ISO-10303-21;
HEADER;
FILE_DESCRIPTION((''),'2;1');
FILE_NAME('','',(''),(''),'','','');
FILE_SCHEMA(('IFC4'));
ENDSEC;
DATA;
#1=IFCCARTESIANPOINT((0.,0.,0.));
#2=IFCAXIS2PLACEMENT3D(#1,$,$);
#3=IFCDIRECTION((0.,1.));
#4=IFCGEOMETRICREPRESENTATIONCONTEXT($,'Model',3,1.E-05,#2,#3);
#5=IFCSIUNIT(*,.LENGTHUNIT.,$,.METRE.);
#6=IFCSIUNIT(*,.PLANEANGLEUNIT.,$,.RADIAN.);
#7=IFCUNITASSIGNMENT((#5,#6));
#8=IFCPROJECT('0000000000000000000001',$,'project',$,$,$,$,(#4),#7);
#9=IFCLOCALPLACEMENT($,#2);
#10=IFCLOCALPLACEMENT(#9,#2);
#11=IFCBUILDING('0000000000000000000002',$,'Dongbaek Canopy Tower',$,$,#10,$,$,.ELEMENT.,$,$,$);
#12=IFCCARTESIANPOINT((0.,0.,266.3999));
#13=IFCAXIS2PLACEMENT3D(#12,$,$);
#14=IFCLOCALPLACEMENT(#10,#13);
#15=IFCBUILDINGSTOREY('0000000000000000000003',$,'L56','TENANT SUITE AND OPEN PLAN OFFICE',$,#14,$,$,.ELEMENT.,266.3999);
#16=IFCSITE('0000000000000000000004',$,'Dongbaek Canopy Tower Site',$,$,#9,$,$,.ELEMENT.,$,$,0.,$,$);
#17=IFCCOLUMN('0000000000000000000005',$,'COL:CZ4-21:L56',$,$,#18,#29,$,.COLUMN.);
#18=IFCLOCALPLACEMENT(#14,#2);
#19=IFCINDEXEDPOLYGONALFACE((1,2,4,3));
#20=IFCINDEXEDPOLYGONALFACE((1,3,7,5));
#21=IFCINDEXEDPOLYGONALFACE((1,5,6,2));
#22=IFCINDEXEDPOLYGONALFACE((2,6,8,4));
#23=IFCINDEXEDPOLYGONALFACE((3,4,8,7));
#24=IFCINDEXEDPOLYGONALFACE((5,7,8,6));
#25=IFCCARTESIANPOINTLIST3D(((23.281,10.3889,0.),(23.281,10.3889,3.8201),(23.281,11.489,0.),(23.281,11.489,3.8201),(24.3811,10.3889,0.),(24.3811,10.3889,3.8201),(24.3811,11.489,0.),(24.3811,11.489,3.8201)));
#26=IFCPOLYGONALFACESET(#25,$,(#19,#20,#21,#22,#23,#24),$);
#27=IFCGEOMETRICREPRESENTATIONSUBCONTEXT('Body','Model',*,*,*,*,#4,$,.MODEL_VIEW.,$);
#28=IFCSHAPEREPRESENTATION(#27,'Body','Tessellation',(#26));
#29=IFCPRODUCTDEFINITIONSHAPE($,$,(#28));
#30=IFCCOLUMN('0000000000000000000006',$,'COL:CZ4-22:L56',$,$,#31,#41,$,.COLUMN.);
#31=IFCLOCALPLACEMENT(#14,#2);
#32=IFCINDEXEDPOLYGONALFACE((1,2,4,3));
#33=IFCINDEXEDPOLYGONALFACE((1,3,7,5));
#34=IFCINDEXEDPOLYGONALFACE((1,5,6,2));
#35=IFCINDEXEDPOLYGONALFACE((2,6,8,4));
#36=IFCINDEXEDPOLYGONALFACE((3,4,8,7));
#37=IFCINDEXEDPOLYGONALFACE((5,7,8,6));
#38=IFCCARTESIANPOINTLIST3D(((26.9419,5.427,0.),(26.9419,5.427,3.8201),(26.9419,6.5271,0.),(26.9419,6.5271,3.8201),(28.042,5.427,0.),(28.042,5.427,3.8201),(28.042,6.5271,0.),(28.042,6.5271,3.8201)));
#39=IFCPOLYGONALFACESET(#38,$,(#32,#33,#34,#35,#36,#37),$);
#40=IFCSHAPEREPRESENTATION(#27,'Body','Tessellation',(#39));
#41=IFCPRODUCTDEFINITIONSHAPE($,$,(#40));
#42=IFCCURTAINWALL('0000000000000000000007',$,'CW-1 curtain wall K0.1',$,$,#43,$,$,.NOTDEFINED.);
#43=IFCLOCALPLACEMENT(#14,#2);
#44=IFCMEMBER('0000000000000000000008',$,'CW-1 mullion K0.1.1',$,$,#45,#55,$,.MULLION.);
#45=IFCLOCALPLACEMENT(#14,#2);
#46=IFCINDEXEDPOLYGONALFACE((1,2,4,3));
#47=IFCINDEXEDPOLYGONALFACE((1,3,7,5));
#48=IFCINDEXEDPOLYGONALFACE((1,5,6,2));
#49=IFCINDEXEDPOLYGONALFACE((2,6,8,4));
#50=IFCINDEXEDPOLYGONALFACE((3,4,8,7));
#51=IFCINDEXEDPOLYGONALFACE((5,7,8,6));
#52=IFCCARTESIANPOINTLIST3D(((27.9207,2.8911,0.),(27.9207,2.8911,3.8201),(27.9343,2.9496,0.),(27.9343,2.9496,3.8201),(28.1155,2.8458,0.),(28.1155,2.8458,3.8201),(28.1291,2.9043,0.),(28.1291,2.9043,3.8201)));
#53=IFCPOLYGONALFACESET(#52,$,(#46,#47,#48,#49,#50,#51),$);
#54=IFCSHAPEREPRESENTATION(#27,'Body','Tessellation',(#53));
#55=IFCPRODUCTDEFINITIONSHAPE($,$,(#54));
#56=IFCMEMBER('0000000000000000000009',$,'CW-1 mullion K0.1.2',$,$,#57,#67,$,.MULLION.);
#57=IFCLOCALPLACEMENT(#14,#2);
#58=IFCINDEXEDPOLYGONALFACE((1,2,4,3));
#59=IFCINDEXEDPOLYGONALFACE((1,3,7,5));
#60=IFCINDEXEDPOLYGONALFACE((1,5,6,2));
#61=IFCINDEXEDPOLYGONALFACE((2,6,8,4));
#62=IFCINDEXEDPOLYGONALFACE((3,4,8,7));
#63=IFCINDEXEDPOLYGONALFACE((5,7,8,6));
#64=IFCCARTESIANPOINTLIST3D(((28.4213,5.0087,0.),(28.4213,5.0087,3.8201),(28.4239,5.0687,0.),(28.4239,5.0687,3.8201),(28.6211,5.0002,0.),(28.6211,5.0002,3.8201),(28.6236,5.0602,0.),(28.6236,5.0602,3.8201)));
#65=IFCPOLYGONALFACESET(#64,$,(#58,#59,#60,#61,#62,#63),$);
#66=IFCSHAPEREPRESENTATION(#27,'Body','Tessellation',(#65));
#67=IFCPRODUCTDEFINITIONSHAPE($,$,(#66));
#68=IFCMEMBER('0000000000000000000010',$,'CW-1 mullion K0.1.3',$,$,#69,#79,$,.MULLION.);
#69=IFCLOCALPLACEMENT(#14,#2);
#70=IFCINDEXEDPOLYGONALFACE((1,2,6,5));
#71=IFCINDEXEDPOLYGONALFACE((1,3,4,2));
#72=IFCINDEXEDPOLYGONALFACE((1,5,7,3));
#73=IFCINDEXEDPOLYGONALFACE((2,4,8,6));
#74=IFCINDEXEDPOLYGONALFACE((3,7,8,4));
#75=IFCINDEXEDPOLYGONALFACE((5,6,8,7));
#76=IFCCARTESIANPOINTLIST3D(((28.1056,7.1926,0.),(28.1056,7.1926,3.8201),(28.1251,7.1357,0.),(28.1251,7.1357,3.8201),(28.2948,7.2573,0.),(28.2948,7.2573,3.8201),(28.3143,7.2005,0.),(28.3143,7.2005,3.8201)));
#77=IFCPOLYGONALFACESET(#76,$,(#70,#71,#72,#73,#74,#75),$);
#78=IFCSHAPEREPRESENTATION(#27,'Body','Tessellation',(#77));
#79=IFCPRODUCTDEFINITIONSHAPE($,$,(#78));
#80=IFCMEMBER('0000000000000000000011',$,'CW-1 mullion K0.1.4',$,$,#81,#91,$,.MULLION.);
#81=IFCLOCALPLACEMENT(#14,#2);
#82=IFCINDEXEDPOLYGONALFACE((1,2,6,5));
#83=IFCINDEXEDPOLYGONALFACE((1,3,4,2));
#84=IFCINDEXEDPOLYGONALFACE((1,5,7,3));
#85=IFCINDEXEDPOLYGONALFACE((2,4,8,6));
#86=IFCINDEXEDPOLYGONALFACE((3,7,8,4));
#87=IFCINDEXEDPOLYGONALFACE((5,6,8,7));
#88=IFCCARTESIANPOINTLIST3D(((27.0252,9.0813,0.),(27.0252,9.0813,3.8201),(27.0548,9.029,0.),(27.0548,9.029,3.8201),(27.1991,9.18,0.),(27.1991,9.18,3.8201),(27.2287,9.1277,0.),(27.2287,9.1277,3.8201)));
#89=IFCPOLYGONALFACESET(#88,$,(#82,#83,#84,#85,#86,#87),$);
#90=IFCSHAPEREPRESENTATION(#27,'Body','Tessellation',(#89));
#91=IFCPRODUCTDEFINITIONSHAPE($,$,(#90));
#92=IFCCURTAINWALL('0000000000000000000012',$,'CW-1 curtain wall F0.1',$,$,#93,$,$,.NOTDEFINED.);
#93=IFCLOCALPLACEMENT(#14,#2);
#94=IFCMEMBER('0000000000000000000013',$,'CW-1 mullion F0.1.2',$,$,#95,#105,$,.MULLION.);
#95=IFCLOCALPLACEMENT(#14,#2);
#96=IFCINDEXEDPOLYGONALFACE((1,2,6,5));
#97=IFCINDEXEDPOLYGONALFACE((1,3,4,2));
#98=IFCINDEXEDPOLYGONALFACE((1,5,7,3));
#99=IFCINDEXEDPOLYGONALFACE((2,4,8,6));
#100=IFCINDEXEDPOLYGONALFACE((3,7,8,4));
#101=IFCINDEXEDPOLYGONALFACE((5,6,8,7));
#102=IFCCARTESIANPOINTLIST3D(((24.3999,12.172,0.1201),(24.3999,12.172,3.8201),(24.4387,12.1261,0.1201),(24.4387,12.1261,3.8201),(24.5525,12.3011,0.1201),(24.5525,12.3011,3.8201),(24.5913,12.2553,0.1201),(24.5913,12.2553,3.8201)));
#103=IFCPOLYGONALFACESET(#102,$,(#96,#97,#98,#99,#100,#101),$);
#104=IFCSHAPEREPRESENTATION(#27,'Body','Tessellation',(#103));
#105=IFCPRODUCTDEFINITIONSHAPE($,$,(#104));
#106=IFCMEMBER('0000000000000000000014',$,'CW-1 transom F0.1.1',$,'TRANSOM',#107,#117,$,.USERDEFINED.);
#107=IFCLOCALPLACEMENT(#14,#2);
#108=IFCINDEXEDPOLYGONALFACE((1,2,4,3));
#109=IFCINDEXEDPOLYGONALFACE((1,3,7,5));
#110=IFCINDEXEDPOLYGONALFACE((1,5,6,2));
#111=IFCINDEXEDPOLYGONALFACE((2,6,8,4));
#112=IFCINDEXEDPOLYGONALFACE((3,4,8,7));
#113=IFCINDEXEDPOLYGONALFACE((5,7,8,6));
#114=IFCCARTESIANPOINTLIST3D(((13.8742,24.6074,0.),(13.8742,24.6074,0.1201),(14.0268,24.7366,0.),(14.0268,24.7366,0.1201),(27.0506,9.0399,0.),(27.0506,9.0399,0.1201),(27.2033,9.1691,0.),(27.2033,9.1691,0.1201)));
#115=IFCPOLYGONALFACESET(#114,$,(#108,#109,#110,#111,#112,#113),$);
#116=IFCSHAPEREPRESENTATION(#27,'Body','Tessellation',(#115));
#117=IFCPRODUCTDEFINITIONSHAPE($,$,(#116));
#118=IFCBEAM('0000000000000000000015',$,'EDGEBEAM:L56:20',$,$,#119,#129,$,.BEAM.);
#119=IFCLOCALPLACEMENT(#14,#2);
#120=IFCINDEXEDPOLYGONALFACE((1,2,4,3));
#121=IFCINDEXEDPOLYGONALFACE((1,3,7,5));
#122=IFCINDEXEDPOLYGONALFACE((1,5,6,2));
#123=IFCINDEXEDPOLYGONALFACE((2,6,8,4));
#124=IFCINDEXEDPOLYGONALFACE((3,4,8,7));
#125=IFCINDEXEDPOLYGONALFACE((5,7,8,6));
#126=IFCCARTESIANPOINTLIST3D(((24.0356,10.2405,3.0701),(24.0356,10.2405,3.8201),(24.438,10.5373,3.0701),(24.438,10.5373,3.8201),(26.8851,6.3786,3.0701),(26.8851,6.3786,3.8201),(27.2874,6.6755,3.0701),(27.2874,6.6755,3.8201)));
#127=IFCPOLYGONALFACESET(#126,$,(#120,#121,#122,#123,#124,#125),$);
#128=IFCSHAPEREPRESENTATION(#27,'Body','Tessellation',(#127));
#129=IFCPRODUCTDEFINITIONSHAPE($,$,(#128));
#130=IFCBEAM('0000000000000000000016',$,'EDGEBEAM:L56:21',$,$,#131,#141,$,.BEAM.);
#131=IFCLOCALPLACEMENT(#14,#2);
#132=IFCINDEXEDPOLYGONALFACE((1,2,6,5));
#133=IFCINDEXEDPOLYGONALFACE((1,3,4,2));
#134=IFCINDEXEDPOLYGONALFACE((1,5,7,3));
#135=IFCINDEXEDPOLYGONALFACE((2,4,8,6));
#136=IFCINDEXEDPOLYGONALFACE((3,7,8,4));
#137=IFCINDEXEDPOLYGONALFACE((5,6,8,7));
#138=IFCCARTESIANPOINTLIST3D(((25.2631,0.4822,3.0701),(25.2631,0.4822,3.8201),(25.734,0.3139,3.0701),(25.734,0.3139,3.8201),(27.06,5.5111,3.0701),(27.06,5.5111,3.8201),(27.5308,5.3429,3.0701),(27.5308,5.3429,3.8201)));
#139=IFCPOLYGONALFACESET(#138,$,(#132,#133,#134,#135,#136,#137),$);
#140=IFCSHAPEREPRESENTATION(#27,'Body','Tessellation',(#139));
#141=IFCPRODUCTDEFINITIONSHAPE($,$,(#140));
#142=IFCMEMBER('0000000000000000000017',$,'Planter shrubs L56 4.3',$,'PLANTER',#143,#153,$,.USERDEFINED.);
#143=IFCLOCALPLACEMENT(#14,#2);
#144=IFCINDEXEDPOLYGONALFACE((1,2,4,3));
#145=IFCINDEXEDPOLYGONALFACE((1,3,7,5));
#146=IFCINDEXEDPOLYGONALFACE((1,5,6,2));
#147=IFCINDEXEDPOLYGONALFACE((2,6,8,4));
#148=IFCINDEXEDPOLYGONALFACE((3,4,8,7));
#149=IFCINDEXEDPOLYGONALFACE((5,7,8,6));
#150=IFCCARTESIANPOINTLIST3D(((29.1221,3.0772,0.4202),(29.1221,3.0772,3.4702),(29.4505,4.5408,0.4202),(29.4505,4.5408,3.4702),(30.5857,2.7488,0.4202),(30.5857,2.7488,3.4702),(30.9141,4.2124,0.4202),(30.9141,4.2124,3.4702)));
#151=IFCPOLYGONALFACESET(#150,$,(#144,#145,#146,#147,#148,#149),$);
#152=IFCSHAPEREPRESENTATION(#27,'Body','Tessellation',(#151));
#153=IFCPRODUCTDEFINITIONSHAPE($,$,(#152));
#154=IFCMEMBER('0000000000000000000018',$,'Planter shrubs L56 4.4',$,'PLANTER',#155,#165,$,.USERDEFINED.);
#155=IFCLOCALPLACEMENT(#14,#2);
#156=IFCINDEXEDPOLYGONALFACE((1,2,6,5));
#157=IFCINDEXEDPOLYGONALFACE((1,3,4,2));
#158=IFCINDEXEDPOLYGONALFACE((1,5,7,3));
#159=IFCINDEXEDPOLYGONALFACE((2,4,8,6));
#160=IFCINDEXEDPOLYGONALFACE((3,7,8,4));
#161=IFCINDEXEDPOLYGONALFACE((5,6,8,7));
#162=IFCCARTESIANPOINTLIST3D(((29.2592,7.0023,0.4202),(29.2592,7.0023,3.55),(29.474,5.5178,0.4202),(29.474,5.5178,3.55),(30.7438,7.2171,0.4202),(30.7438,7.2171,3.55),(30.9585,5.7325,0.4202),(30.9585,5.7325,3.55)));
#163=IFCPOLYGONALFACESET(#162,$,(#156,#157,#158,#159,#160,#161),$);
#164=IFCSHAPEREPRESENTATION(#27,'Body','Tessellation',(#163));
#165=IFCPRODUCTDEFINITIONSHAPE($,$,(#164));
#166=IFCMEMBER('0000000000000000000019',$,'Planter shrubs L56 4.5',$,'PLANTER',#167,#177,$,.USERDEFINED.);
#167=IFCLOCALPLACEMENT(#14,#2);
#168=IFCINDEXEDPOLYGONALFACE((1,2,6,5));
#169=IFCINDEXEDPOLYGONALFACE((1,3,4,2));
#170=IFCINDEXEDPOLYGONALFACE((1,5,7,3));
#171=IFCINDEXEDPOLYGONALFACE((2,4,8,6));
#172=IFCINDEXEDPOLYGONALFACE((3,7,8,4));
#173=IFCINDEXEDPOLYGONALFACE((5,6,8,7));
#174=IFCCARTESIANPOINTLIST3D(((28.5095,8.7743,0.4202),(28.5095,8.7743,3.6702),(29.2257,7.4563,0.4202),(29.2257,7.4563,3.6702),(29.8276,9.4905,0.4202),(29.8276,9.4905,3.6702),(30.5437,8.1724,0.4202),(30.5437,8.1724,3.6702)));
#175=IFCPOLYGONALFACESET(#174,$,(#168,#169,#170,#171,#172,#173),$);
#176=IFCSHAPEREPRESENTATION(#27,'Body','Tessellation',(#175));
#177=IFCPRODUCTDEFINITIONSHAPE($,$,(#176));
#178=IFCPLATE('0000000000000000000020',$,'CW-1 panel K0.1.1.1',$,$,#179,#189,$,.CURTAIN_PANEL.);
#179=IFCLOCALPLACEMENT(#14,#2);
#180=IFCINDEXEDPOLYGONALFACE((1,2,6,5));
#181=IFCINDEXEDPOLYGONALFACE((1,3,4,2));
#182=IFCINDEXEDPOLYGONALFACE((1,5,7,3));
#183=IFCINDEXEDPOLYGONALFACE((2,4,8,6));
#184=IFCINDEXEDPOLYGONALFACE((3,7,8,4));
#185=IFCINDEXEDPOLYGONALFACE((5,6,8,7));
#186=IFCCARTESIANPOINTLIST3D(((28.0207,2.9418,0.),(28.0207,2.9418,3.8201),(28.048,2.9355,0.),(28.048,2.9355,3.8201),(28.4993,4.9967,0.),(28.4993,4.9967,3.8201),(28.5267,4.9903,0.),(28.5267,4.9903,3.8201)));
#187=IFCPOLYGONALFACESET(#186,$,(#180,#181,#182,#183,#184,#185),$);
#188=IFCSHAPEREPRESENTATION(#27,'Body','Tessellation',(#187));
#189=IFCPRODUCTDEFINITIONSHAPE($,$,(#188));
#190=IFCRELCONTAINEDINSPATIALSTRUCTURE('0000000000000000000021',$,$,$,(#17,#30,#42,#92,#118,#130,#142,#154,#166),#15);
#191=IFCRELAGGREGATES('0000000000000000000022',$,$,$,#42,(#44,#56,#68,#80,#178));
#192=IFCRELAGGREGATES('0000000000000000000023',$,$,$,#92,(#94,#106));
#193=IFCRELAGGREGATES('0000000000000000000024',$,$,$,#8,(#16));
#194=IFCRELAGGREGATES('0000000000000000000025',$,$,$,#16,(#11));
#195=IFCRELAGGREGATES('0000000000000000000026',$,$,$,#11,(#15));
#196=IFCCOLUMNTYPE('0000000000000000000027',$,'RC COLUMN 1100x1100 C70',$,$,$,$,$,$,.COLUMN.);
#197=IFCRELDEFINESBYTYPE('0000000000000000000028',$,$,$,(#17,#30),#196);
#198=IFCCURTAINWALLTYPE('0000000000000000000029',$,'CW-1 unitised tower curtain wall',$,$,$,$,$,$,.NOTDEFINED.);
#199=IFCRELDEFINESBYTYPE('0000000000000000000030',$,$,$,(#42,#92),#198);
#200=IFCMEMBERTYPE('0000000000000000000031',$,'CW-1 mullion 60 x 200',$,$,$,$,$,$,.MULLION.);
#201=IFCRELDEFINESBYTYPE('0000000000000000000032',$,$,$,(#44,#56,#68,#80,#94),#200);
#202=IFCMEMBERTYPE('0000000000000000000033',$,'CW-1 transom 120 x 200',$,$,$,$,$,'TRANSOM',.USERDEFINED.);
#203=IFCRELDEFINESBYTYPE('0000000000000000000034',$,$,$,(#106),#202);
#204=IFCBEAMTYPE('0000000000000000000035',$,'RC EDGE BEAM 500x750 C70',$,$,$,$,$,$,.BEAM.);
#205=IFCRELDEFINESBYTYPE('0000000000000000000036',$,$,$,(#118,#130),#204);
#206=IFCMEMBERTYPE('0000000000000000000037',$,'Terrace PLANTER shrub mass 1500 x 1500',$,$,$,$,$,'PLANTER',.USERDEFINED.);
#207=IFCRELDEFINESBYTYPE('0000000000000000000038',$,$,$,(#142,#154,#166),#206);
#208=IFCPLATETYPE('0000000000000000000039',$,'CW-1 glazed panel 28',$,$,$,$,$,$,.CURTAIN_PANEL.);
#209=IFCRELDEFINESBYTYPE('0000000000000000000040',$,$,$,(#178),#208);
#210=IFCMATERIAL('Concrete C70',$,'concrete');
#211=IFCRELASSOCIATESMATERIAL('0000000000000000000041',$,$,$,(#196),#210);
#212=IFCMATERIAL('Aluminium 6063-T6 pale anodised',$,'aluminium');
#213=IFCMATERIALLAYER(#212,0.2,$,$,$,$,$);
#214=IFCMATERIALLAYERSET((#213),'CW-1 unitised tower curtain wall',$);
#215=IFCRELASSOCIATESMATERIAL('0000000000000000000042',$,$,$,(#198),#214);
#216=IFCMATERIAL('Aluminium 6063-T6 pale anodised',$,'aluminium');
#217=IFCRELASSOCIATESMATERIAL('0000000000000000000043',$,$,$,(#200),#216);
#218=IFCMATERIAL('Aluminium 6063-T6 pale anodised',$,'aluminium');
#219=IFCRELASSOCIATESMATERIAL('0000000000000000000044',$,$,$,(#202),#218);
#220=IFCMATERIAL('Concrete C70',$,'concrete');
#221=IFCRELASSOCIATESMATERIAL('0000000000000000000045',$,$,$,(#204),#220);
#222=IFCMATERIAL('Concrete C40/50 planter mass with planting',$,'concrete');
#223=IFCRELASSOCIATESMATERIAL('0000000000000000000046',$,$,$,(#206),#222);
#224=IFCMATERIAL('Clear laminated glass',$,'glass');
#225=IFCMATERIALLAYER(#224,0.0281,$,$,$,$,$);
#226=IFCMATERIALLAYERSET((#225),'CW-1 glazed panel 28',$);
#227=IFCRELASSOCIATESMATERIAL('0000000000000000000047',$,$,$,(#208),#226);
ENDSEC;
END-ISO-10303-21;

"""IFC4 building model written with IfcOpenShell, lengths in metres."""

from ifc_helpers import new_model, si_unit, direction, frame, origin, origin_2d, place, context, subcontext, project, spatial, rectangle, extrude, material, layer, layer_set, material_profile, profile_set, type_object, element, aggregate, save


model = new_model("IFC4")

# Units and contexts
model_context = context("Model", 3, precision=1e-05, world=origin(), true_north=direction((0.0, 1.0)))
body_context = subcontext(model_context, "Body", "Model", "MODEL_VIEW")
ifc_project = project(units=[si_unit("LENGTHUNIT", "METRE"), si_unit("PLANEANGLEUNIT", "RADIAN")], contexts=[model_context])

# Site, building, storey
site_placement = place(None, origin())
site = spatial("IfcSite", under=ifc_project, at=site_placement, Name="Dongbaek Canopy Tower Site", CompositionType="ELEMENT", RefElevation=0.0)
building_placement = place(site_placement, origin())
building = spatial("IfcBuilding", under=site, at=building_placement, Name="Dongbaek Canopy Tower", CompositionType="ELEMENT")
storey_placement = place(building_placement, frame((0.0, 0.0, 266.3999)))
storey = spatial("IfcBuildingStorey", under=building, at=storey_placement, Name="L56", Description="TENANT SUITE AND OPEN PLAN OFFICE", CompositionType="ELEMENT", Elevation=266.3999)

# Columns
ifc_material_1 = material(Name="Concrete C70", Category="concrete")
ifc_material_profile_1 = material_profile(ifc_material_1, rectangle(XDim=1.1001, YDim=1.1001, at=origin_2d()), Name="RC COLUMN 1100x1100 C70")
ifc_profile_set_1 = profile_set([ifc_material_profile_1], Name="Concrete C70")
column_type = type_object("IfcColumnType", Name="RC COLUMN 1100x1100 C70", PredefinedType="COLUMN", material=ifc_profile_set_1)
for number, where, z_axis, x_axis, name in (
    (1, (23.8311, 10.939, 0.0), (0.0, 0.0, 1.0), (1.0, 0.0, 0.0), "COL:CZ4-21:L56"),
    (2, (27.4919, 5.9771, 0.0), (0.0, 0.0, 1.0), (1.0, 0.0, 0.0), "COL:CZ4-22:L56"),
):
    element("IfcColumn", number, at=place(storey_placement, frame(where, z_axis=z_axis, x_axis=x_axis)), inside=storey, type_object=column_type, Name=name, PredefinedType="COLUMN", context=body_context, shape_type="SweptSolid", body=[
        extrude(rectangle(XDim=1.1001, YDim=1.1001, at=origin_2d()), origin(), (0.0, 0.0, 1.0), 3.8201),
    ])

# Curtain walls, members
ifc_material_2 = material(Name="Aluminium 6063-T6 pale anodised", Category="aluminium")
ifc_layer_1 = layer(ifc_material_2, 0.2)
ifc_layer_set_1 = layer_set([ifc_layer_1], Name="CW-1 unitised tower curtain wall")
curtain_wall_type = type_object("IfcCurtainWallType", Name="CW-1 unitised tower curtain wall", PredefinedType="NOTDEFINED", material=ifc_layer_set_1)
curtain_wall_1_placement = place(storey_placement, origin())
curtain_wall_1 = element("IfcCurtainWall", 3, at=curtain_wall_1_placement, inside=storey, type_object=curtain_wall_type, Name="CW-1 curtain wall K0.1", PredefinedType="NOTDEFINED")
ifc_material_3 = material(Name="Aluminium 6063-T6 pale anodised", Category="aluminium")
ifc_material_profile_2 = material_profile(ifc_material_3, rectangle(XDim=0.2, YDim=0.0601, at=origin_2d()), Name="CW-1 mullion 60 x 200")
ifc_profile_set_2 = profile_set([ifc_material_profile_2], Name="Aluminium 6063-T6 pale anodised")
member_type_1 = type_object("IfcMemberType", Name="CW-1 mullion 60 x 200", PredefinedType="MULLION", material=ifc_profile_set_2)
member_1_placement = place(storey_placement, frame((28.0249, 2.8977, 0.0), z_axis=(0.0, 0.0, 1.0), x_axis=(0.973927, -0.226863, 0.0)))
member_1 = element("IfcMember", 4, at=member_1_placement, type_object=member_type_1, Name="CW-1 mullion K0.1.1", PredefinedType="MULLION", context=body_context, shape_type="SweptSolid", body=[
    extrude(rectangle(XDim=0.2, YDim=0.0601, at=origin_2d()), origin(), (0.0, 0.0, 1.0), 3.8201),
])
member_2_placement = place(storey_placement, frame((28.5225, 5.0344, 0.0), z_axis=(0.0, 0.0, 1.0), x_axis=(0.999093, -0.04259, 0.0)))
member_2 = element("IfcMember", 5, at=member_2_placement, type_object=member_type_1, Name="CW-1 mullion K0.1.2", PredefinedType="MULLION", context=body_context, shape_type="SweptSolid", body=[
    extrude(rectangle(XDim=0.2, YDim=0.0601, at=origin_2d()), origin(), (0.0, 0.0, 1.0), 3.8201),
])
member_3_placement = place(storey_placement, frame((28.21, 7.1965, 0.0), z_axis=(0.0, 0.0, 1.0), x_axis=(0.946074, 0.323949, 0.0)))
member_3 = element("IfcMember", 6, at=member_3_placement, type_object=member_type_1, Name="CW-1 mullion K0.1.3", PredefinedType="MULLION", context=body_context, shape_type="SweptSolid", body=[
    extrude(rectangle(XDim=0.2, YDim=0.0601, at=origin_2d()), origin(), (0.0, 0.0, 1.0), 3.8201),
])
member_4_placement = place(storey_placement, frame((27.127, 9.1045, 0.0), z_axis=(0.0, 0.0, 1.0), x_axis=(0.869724, 0.493538, 0.0)))
member_4 = element("IfcMember", 7, at=member_4_placement, type_object=member_type_1, Name="CW-1 mullion K0.1.4", PredefinedType="MULLION", context=body_context, shape_type="SweptSolid", body=[
    extrude(rectangle(XDim=0.2, YDim=0.0601, at=origin_2d()), origin(), (0.0, 0.0, 1.0), 3.8201),
])
curtain_wall_2_placement = place(storey_placement, origin())
curtain_wall_2 = element("IfcCurtainWall", 8, at=curtain_wall_2_placement, inside=storey, type_object=curtain_wall_type, Name="CW-1 curtain wall F0.1", PredefinedType="NOTDEFINED")
member_5_placement = place(storey_placement, frame((24.4956, 12.2136, 0.1201), z_axis=(0.0, 0.0, 1.0), x_axis=(0.763291, 0.646055, 0.0)))
member_5 = element("IfcMember", 9, at=member_5_placement, type_object=member_type_1, Name="CW-1 mullion F0.1.2", PredefinedType="MULLION", context=body_context, shape_type="SweptSolid", body=[
    extrude(rectangle(XDim=0.2, YDim=0.0601, at=origin_2d()), origin(), (0.0, 0.0, 1.0), 3.7),
])
ifc_material_4 = material(Name="Aluminium 6063-T6 pale anodised", Category="aluminium")
ifc_material_profile_3 = material_profile(ifc_material_4, rectangle(XDim=0.2, YDim=0.1201, at=origin_2d()), Name="CW-1 transom 120 x 200")
ifc_profile_set_3 = profile_set([ifc_material_profile_3], Name="Aluminium 6063-T6 pale anodised")
member_type_2 = type_object("IfcMemberType", Name="CW-1 transom 120 x 200", ElementType="TRANSOM", PredefinedType="USERDEFINED", material=ifc_profile_set_3)
member_6_placement = place(storey_placement, frame((27.127, 9.1045, 0.0601), z_axis=(-0.646054, 0.763292, 0.0), x_axis=(-0.763292, -0.646054, 0.0)))
member_6 = element("IfcMember", 10, at=member_6_placement, type_object=member_type_2, Name="CW-1 transom F0.1.1", ObjectType="TRANSOM", PredefinedType="USERDEFINED", context=body_context, shape_type="SweptSolid", body=[
    extrude(rectangle(XDim=0.2, YDim=0.1201, at=origin_2d()), origin(), (0.0, 0.0, 1.0), 20.3953),
])

# Beams
ifc_material_5 = material(Name="Concrete C70", Category="concrete")
ifc_material_profile_4 = material_profile(ifc_material_5, rectangle(XDim=0.5, YDim=0.75, at=origin_2d()), Name="RC EDGE BEAM 500x750 C70")
ifc_profile_set_4 = profile_set([ifc_material_profile_4], Name="Concrete C70")
beam_type = type_object("IfcBeamType", Name="RC EDGE BEAM 500x750 C70", PredefinedType="BEAM", material=ifc_profile_set_4)
beam_1_placement = place(storey_placement, frame((24.2368, 10.3889, 3.4451), z_axis=(0.593714, -0.804676, 0.0), x_axis=(0.804676, 0.593714, 0.0)))
element("IfcBeam", 11, at=beam_1_placement, inside=storey, type_object=beam_type, Name="EDGEBEAM:L56:20", PredefinedType="BEAM", context=body_context, shape_type="SweptSolid", body=[
    extrude(rectangle(XDim=0.5, YDim=0.75, at=origin_2d()), origin(), (0.0, 0.0, 1.0), 4.7993),
])
beam_2_placement = place(storey_placement, frame((27.2954, 5.427, 3.4451), z_axis=(-0.336467, -0.941695, 0.0), x_axis=(0.941695, -0.336467, 0.0)))
element("IfcBeam", 12, at=beam_2_placement, inside=storey, type_object=beam_type, Name="EDGEBEAM:L56:21", PredefinedType="BEAM", context=body_context, shape_type="SweptSolid", body=[
    extrude(rectangle(XDim=0.5, YDim=0.75, at=origin_2d()), origin(), (0.0, 0.0, 1.0), 5.3403),
])

# Members
ifc_material_6 = material(Name="Concrete C40/50 planter mass with planting", Category="concrete")
ifc_material_profile_5 = material_profile(ifc_material_6, rectangle(XDim=1.5, YDim=1.5, at=origin_2d()), Name="Terrace PLANTER shrub mass 1500 x 1500")
ifc_profile_set_5 = profile_set([ifc_material_profile_5], Name="Concrete C40/50 planter mass with planting")
member_type_3 = type_object("IfcMemberType", Name="Terrace PLANTER shrub mass 1500 x 1500", ElementType="PLANTER", PredefinedType="USERDEFINED", material=ifc_profile_set_5)
member_7_placement = place(storey_placement, frame((30.0181, 3.6448, 0.4202), z_axis=(0.0, 0.0, 1.0), x_axis=(0.97574, -0.218931, 0.0)))
element("IfcMember", 13, at=member_7_placement, inside=storey, type_object=member_type_3, Name="Planter shrubs L56 4.3", ObjectType="PLANTER", PredefinedType="USERDEFINED", context=body_context, shape_type="SweptSolid", body=[
    extrude(rectangle(XDim=1.5, YDim=1.5, at=origin_2d()), origin(), (0.0, 0.0, 1.0), 3.05),
])
member_8_placement = place(storey_placement, frame((30.1089, 6.3674, 0.4202), z_axis=(0.0, 0.0, 1.0), x_axis=(0.9897, 0.143155, 0.0)))
element("IfcMember", 14, at=member_8_placement, inside=storey, type_object=member_type_3, Name="Planter shrubs L56 4.4", ObjectType="PLANTER", PredefinedType="USERDEFINED", context=body_context, shape_type="SweptSolid", body=[
    extrude(rectangle(XDim=1.5, YDim=1.5, at=origin_2d()), origin(), (0.0, 0.0, 1.0), 3.1299),
])
member_9_placement = place(storey_placement, frame((29.5266, 8.4734, 0.4202), z_axis=(0.0, 0.0, 1.0), x_axis=(0.878676, 0.477419, 0.0)))
element("IfcMember", 15, at=member_9_placement, inside=storey, type_object=member_type_3, Name="Planter shrubs L56 4.5", ObjectType="PLANTER", PredefinedType="USERDEFINED", context=body_context, shape_type="SweptSolid", body=[
    extrude(rectangle(XDim=1.5, YDim=1.5, at=origin_2d()), origin(), (0.0, 0.0, 1.0), 3.25),
])

# Plate
ifc_material_7 = material(Name="Clear laminated glass", Category="glass")
ifc_layer_2 = layer(ifc_material_7, 0.0281)
ifc_layer_set_2 = layer_set([ifc_layer_2], Name="CW-1 glazed panel 28")
plate_type = type_object("IfcPlateType", Name="CW-1 glazed panel 28", PredefinedType="CURTAIN_PANEL", material=ifc_layer_set_2)
plate_1_placement = place(storey_placement, frame((28.2737, 3.9661, 0.0), z_axis=(0.0, 0.0, 1.0), x_axis=(0.226863, 0.973927, 0.0)))
plate_1 = element("IfcPlate", 16, at=plate_1_placement, type_object=plate_type, Name="CW-1 panel K0.1.1.1", PredefinedType="CURTAIN_PANEL", context=body_context, shape_type="SweptSolid", body=[
    extrude(rectangle(XDim=2.1099, YDim=0.0281, at=origin_2d()), origin(), (0.0, 0.0, 1.0), 3.8201),
])
aggregate(curtain_wall_1, [member_1, member_2, member_3, member_4, plate_1])

aggregate(curtain_wall_2, [member_5, member_6])

save(model, "model.ifc")
